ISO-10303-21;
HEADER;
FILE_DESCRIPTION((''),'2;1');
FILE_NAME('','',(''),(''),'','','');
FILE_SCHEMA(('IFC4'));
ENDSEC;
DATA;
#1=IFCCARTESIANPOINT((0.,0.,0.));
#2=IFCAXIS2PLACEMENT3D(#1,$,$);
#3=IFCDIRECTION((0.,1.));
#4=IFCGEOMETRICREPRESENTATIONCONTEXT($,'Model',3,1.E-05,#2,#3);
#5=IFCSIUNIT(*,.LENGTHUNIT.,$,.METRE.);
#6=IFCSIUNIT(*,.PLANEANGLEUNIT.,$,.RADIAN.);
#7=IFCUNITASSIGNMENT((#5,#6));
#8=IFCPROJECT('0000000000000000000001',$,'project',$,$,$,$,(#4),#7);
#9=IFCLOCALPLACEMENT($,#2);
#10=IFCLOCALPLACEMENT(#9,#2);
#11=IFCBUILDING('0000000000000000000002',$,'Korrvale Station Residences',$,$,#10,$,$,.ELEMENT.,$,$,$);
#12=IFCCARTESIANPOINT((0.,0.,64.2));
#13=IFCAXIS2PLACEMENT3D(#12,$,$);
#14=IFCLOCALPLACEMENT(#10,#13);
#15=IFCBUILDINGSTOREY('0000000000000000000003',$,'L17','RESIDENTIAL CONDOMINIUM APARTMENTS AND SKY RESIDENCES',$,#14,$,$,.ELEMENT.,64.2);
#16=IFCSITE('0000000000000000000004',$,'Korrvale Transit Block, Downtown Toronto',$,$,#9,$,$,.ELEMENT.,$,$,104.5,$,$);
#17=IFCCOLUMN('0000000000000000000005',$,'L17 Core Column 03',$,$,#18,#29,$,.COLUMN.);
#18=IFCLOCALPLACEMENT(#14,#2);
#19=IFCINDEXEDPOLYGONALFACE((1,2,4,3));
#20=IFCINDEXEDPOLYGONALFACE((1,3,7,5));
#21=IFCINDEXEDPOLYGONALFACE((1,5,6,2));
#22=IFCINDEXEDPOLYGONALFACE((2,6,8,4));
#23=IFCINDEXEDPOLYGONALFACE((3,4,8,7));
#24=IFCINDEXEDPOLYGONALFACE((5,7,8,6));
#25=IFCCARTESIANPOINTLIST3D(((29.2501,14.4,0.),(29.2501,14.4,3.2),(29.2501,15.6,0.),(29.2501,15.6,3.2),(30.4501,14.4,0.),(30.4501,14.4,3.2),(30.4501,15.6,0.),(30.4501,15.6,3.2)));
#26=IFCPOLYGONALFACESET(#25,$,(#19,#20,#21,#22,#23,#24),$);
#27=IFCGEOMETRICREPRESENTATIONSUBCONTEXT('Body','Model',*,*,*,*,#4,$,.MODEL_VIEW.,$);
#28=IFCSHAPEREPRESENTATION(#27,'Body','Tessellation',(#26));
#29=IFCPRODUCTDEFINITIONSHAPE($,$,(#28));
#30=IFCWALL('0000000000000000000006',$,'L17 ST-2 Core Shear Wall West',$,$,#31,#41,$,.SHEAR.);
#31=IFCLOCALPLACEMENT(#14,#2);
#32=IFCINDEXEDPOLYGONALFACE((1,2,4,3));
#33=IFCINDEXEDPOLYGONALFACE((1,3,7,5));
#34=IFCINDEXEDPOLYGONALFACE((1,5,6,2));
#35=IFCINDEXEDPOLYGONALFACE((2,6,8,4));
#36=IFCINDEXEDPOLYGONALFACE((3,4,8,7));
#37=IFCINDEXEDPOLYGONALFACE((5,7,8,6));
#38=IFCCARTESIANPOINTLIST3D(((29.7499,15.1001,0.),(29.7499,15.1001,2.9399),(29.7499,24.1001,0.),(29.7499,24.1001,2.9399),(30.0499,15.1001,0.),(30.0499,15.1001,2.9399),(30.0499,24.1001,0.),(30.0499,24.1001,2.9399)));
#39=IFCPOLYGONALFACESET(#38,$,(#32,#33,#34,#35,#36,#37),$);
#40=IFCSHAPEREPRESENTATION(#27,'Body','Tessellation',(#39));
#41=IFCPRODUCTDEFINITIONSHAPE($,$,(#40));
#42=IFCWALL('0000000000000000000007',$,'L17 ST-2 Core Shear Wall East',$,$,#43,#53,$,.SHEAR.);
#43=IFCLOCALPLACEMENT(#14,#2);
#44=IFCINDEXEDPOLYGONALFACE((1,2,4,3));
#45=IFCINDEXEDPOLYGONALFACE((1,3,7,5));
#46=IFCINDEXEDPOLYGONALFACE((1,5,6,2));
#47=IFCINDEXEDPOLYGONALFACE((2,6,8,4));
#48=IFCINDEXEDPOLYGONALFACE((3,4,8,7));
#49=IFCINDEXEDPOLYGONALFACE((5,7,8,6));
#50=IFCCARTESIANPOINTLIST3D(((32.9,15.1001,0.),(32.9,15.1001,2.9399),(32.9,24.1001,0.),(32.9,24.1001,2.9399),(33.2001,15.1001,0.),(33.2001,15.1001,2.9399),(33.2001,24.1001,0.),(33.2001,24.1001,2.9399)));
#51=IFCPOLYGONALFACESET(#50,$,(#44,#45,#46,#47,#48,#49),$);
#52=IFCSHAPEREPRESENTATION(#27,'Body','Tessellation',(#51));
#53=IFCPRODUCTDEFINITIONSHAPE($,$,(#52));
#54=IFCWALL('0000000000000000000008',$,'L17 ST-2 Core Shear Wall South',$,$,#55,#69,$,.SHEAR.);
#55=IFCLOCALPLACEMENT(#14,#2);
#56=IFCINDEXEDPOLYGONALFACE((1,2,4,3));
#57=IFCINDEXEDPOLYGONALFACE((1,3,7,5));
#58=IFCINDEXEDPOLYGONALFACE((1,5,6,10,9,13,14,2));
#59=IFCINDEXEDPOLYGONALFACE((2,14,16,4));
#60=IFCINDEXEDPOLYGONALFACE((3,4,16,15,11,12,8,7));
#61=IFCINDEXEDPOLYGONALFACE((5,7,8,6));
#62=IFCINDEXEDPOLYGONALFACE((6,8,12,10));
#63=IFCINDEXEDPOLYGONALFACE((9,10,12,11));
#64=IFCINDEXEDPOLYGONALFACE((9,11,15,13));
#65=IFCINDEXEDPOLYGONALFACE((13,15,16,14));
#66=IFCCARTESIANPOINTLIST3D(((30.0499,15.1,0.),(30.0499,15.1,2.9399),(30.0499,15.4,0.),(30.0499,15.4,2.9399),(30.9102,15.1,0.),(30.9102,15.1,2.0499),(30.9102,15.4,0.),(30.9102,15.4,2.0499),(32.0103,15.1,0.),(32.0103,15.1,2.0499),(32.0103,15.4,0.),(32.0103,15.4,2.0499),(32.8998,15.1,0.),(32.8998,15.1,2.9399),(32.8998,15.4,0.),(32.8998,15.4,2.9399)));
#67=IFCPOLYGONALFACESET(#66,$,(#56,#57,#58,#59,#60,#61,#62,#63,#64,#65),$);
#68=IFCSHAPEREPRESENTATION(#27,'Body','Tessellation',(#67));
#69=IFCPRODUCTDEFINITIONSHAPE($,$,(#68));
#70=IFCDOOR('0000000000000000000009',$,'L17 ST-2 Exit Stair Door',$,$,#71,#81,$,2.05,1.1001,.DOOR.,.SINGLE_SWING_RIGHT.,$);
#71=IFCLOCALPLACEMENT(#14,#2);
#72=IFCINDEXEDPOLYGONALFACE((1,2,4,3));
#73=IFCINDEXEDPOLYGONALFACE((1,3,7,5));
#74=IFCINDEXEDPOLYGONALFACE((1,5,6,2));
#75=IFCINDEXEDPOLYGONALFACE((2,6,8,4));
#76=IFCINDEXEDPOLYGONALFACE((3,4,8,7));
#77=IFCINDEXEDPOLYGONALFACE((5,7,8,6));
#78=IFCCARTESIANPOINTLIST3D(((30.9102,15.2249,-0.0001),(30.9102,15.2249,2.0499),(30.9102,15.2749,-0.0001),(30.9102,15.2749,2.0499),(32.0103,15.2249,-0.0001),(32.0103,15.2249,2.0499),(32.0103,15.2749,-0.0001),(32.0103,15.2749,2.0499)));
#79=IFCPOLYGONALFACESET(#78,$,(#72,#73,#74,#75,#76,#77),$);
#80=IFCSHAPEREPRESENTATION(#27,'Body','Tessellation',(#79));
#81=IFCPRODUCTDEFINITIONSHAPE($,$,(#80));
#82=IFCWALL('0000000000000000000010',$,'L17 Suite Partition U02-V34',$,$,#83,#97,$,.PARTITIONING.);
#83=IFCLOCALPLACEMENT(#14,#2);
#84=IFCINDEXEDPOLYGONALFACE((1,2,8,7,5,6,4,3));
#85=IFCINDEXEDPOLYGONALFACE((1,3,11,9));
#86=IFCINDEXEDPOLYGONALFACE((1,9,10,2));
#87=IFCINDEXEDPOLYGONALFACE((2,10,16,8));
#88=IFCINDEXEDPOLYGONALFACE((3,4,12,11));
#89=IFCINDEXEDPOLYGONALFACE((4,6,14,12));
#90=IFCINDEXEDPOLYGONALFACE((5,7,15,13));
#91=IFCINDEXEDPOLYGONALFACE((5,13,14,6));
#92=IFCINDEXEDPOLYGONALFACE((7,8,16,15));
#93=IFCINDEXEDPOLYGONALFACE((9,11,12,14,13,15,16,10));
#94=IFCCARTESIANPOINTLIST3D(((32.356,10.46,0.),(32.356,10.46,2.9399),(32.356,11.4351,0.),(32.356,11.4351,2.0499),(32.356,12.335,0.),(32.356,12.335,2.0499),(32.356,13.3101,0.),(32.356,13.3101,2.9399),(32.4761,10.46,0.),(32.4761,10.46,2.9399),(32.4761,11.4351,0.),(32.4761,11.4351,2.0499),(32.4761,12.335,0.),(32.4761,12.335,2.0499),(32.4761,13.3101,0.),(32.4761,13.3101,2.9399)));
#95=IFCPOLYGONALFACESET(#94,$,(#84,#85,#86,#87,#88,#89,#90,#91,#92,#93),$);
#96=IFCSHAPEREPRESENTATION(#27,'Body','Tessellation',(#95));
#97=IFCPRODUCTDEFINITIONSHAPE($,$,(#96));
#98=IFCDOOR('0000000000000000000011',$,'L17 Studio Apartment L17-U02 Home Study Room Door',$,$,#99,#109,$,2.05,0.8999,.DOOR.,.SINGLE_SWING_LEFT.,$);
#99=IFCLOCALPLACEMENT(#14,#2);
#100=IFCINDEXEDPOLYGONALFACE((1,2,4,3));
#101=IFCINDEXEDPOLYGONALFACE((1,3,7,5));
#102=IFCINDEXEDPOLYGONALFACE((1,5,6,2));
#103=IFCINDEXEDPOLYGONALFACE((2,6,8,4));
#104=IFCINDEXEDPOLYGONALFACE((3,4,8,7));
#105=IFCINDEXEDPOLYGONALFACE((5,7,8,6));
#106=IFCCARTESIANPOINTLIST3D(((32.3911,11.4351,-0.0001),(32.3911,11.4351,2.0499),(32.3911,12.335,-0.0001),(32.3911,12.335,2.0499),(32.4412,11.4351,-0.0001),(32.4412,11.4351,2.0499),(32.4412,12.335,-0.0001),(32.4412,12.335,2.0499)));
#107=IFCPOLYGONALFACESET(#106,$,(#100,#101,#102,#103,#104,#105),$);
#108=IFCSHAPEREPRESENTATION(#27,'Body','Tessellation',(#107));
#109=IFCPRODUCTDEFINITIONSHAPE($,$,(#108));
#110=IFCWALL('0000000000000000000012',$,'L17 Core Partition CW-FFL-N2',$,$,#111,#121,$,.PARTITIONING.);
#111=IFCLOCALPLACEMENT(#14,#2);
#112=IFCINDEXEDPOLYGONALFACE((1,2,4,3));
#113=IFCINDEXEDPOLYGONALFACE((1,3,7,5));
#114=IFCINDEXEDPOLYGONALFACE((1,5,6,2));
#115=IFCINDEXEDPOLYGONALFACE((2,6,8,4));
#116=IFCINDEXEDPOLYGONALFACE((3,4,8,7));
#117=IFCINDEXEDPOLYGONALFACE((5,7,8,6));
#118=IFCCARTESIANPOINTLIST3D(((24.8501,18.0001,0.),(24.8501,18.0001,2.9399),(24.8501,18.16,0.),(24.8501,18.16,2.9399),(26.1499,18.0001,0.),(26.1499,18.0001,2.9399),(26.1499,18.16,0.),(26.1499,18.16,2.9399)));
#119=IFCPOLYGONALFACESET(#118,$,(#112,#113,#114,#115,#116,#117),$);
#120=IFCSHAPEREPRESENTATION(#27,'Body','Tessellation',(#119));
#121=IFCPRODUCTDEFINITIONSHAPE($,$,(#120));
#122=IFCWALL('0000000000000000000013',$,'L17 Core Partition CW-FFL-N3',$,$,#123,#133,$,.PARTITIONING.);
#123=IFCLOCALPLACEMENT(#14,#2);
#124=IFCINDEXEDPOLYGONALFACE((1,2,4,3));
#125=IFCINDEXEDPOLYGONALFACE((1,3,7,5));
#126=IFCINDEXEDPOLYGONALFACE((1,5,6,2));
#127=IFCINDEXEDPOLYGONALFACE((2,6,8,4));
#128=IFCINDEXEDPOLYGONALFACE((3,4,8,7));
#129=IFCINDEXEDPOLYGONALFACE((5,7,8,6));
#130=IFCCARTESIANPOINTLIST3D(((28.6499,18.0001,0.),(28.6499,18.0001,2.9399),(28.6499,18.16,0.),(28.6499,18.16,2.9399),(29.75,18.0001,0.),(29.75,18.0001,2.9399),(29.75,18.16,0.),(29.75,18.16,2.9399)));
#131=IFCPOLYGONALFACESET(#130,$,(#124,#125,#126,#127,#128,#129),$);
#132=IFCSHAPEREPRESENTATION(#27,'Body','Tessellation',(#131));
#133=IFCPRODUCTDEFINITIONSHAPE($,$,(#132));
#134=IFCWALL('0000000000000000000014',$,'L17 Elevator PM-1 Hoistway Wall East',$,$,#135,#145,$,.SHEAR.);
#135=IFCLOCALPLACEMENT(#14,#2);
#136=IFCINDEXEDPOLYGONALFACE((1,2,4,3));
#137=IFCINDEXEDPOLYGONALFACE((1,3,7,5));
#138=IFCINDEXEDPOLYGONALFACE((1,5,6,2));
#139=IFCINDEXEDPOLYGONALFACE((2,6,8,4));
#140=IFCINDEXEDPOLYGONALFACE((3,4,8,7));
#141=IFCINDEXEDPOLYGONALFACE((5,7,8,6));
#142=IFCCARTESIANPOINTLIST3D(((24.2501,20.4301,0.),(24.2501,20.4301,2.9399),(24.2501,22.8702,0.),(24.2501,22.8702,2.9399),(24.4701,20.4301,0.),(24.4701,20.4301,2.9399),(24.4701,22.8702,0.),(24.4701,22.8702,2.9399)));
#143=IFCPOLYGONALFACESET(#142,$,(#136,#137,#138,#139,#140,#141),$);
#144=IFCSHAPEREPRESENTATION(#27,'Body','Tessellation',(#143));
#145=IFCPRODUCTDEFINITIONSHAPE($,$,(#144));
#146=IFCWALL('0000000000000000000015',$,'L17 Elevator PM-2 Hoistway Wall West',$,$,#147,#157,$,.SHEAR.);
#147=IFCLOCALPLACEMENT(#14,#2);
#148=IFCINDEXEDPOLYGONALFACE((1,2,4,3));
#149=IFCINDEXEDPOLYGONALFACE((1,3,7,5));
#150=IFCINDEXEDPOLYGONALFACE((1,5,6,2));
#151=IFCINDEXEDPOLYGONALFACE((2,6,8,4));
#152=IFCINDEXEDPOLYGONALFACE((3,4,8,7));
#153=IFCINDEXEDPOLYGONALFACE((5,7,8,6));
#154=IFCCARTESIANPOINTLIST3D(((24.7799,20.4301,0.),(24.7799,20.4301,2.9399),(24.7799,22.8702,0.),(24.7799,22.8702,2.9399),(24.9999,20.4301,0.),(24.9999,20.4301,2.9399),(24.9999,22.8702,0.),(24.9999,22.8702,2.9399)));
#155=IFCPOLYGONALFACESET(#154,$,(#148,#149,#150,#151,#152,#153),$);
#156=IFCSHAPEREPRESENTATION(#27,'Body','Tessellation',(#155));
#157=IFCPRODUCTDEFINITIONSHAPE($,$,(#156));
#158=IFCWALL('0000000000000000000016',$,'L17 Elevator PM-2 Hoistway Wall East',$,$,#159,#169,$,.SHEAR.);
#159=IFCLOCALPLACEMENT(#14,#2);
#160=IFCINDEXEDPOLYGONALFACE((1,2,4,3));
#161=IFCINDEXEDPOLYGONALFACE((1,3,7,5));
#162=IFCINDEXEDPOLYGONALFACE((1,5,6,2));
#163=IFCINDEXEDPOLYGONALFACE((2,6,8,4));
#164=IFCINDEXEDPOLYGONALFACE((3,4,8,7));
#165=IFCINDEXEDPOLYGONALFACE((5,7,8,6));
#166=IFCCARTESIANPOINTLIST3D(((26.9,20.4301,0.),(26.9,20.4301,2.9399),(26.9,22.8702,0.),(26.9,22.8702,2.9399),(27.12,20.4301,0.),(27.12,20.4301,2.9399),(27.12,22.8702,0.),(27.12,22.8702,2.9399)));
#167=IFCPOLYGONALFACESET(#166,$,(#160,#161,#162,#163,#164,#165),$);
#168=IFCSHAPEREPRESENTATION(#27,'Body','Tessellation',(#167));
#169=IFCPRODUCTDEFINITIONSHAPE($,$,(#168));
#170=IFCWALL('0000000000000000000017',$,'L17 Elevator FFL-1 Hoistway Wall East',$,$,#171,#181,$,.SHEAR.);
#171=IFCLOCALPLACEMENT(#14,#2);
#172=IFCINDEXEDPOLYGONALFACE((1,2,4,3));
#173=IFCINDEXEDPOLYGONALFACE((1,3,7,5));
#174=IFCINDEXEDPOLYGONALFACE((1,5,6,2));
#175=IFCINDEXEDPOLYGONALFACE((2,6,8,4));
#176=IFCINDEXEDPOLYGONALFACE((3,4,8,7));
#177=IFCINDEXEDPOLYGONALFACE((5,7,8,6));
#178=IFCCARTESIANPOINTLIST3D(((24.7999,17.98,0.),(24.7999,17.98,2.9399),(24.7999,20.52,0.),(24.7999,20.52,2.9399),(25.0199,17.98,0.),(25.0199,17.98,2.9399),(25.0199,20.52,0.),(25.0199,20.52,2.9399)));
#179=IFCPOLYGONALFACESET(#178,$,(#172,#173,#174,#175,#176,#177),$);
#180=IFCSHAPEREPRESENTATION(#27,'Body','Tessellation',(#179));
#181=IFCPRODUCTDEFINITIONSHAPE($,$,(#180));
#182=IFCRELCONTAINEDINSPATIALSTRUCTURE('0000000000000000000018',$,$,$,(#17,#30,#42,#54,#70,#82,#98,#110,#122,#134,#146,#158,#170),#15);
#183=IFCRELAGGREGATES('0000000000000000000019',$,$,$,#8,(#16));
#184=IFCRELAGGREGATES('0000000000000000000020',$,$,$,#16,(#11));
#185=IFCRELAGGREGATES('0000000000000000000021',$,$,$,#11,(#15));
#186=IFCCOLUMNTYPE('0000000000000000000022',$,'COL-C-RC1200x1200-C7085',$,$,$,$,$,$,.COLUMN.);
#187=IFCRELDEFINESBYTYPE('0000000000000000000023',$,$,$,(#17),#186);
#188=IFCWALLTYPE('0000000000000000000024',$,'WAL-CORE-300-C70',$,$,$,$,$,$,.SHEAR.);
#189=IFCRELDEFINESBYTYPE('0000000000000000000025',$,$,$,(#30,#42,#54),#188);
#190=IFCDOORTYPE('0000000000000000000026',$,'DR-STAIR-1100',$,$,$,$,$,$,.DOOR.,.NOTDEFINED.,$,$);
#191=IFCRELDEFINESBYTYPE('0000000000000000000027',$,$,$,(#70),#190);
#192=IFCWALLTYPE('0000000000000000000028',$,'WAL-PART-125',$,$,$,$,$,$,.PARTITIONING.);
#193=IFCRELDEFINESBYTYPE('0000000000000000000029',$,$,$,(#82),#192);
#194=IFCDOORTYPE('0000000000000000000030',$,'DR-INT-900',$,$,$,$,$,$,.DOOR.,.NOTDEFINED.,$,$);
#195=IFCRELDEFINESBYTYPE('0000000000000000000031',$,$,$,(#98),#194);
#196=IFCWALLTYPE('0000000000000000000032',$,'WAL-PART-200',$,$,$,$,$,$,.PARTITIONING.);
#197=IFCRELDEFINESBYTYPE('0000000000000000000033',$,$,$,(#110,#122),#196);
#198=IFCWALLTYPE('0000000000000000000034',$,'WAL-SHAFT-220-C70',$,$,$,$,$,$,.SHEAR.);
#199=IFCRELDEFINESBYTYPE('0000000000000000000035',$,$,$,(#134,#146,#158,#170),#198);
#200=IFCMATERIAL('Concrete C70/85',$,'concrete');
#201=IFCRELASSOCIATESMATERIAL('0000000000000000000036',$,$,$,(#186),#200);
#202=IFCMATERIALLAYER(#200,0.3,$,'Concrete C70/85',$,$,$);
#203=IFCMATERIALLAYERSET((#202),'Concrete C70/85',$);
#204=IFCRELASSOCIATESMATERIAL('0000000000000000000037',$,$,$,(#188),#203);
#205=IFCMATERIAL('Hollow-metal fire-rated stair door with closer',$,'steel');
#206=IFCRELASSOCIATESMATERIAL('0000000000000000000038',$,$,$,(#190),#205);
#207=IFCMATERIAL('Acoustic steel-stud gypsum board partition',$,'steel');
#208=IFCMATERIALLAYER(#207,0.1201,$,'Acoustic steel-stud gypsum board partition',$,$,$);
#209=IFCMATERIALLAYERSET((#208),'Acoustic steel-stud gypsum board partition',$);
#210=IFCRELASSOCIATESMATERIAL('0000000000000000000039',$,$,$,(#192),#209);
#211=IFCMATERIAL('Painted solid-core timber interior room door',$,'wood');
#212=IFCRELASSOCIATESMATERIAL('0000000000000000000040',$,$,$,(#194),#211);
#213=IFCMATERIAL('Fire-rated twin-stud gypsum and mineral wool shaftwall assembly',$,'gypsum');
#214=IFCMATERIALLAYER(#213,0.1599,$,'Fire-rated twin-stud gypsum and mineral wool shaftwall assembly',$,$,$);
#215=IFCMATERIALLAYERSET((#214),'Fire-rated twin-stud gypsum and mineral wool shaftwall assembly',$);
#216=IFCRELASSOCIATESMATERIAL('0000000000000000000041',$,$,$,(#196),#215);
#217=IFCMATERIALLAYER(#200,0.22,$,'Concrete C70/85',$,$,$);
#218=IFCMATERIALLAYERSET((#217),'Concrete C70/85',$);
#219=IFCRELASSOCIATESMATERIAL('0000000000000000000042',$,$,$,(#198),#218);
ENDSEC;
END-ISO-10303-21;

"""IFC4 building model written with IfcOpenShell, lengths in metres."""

from ifc_helpers import new_model, si_unit, direction, frame, frame_2d, origin, origin_2d, place, context, subcontext, project, spatial, rectangle, extrude, material, layer, layer_set, material_profile, profile_set, type_object, element, fill, save


model = new_model("IFC4")

# Units and contexts
model_context = context("Model", 3, precision=1e-05, world=origin(), true_north=direction((0.0, 1.0)))
body_context = subcontext(model_context, "Body", "Model", "MODEL_VIEW")
ifc_project = project(units=[si_unit("LENGTHUNIT", "METRE"), si_unit("PLANEANGLEUNIT", "RADIAN")], contexts=[model_context])

# Site, building, storey
site_placement = place(None, origin())
site = spatial("IfcSite", under=ifc_project, at=site_placement, Name="Korrvale Transit Block, Downtown Toronto", CompositionType="ELEMENT", RefElevation=104.5)
building_placement = place(site_placement, origin())
building = spatial("IfcBuilding", under=site, at=building_placement, Name="Korrvale Station Residences", CompositionType="ELEMENT")
storey_placement = place(building_placement, frame((0.0, 0.0, 64.2)))
storey = spatial("IfcBuildingStorey", under=building, at=storey_placement, Name="L17", Description="RESIDENTIAL CONDOMINIUM APARTMENTS AND SKY RESIDENCES", CompositionType="ELEMENT", Elevation=64.2)

# Column
ifc_material_1 = material(Name="Concrete C70/85", Category="concrete")
ifc_material_profile = material_profile(ifc_material_1, rectangle(XDim=1.2, YDim=1.2, at=origin_2d()), Name="RC1200x1200")
ifc_profile_set = profile_set([ifc_material_profile], Name="Concrete C70/85")
column_type = type_object("IfcColumnType", Name="COL-C-RC1200x1200-C7085", PredefinedType="COLUMN", material=ifc_profile_set)
column_placement = place(storey_placement, frame((29.8501, 15.0, 0.0), z_axis=(0.0, 0.0, 1.0), x_axis=(1.0, 0.0, 0.0)))
element("IfcColumn", 1, at=column_placement, inside=storey, type_object=column_type, Name="L17 Core Column 03", PredefinedType="COLUMN", context=body_context, shape_type="SweptSolid", body=[
    extrude(rectangle(XDim=1.2, YDim=1.2, at=origin_2d()), origin(), (0.0, 0.0, 1.0), 3.2),
])

# Walls
ifc_layer_1 = layer(ifc_material_1, 0.3, Name="Concrete C70/85")
ifc_layer_set_1 = layer_set([ifc_layer_1], Name="Concrete C70/85")
wall_type_1 = type_object("IfcWallType", Name="WAL-CORE-300-C70", PredefinedType="SHEAR", material=ifc_layer_set_1)
for number, where, z_axis, x_axis, name in (
    (2, (29.8999, 15.1001, 0.0), (0.0, 0.0, 1.0), (0.0, 1.0, 0.0), "L17 ST-2 Core Shear Wall West"),
    (3, (33.05, 15.1001, 0.0), (0.0, 0.0, 1.0), (0.0, 1.0, 0.0), "L17 ST-2 Core Shear Wall East"),
):
    element("IfcWall", number, at=place(storey_placement, frame(where, z_axis=z_axis, x_axis=x_axis)), inside=storey, type_object=wall_type_1, Name=name, PredefinedType="SHEAR", context=body_context, shape_type="SweptSolid", body=[
        extrude(rectangle(XDim=9.0, YDim=0.3, at=frame_2d((4.5, 0.0))), origin(), (0.0, 0.0, 1.0), 2.9399),
    ])

# Walls, openings, doors
wall_1_placement = place(storey_placement, frame((30.05, 15.25, 0.0), z_axis=(0.0, 0.0, 1.0), x_axis=(1.0, 0.0, 0.0)))
wall_1 = element("IfcWall", 4, at=wall_1_placement, inside=storey, type_object=wall_type_1, Name="L17 ST-2 Core Shear Wall South", PredefinedType="SHEAR", context=body_context, shape_type="SweptSolid", body=[
    extrude(rectangle(XDim=2.8499, YDim=0.3, at=frame_2d((1.4248, 0.0))), origin(), (0.0, 0.0, 1.0), 2.9399),
])
opening_1_placement = place(wall_1_placement, frame((0.8601, 0.0, 0.0)))
opening_1 = element("IfcOpeningElement", 5, at=opening_1_placement, cuts=wall_1, PredefinedType="OPENING", context=body_context, shape_type="SweptSolid", body=[
    extrude(rectangle(XDim=1.1001, YDim=2.05, at=frame_2d((0.55, 1.0249))), frame((0.0, 0.1602, 0.0), z_axis=(0.0, -1.0, 0.0), x_axis=(1.0, 0.0, 0.0)), (0.0, 0.0, 1.0), 0.3201),
])
ifc_material_2 = material(Name="Hollow-metal fire-rated stair door with closer", Category="steel")
door_type_1 = type_object("IfcDoorType", Name="DR-STAIR-1100", OperationType="NOTDEFINED", PredefinedType="DOOR", material=ifc_material_2)
door_1_placement = place(opening_1_placement, origin())
door_1 = element("IfcDoor", 6, at=door_1_placement, inside=storey, type_object=door_type_1, Name="L17 ST-2 Exit Stair Door", OperationType="SINGLE_SWING_RIGHT", OverallHeight=2.05, OverallWidth=1.1001, PredefinedType="DOOR", context=body_context, shape_type="SweptSolid", body=[
    extrude(rectangle(XDim=1.1001, YDim=2.05, at=frame_2d((0.55, 1.0249))), frame((0.0, 0.0249, 0.0), z_axis=(0.0, -1.0, 0.0), x_axis=(1.0, 0.0, 0.0)), (0.0, 0.0, 1.0), 0.05),
])
fill(opening_1, door_1)
ifc_material_3 = material(Name="Acoustic steel-stud gypsum board partition", Category="steel")
ifc_layer_2 = layer(ifc_material_3, 0.1201, Name="Acoustic steel-stud gypsum board partition")
ifc_layer_set_2 = layer_set([ifc_layer_2], Name="Acoustic steel-stud gypsum board partition")
wall_type_2 = type_object("IfcWallType", Name="WAL-PART-125", PredefinedType="PARTITIONING", material=ifc_layer_set_2)
wall_2_placement = place(storey_placement, frame((32.416, 10.46, 0.0), z_axis=(0.0, 0.0, 1.0), x_axis=(0.0, 1.0, 0.0)))
wall_2 = element("IfcWall", 7, at=wall_2_placement, inside=storey, type_object=wall_type_2, Name="L17 Suite Partition U02-V34", PredefinedType="PARTITIONING", context=body_context, shape_type="SweptSolid", body=[
    extrude(rectangle(XDim=2.8501, YDim=0.1201, at=frame_2d((1.425, 0.0))), origin(), (0.0, 0.0, 1.0), 2.9399),
])
opening_2_placement = place(wall_2_placement, frame((0.9751, 0.0, 0.0)))
opening_2 = element("IfcOpeningElement", 8, at=opening_2_placement, cuts=wall_2, PredefinedType="OPENING", context=body_context, shape_type="SweptSolid", body=[
    extrude(rectangle(XDim=0.8999, YDim=2.05, at=frame_2d((0.45, 1.0249))), frame((0.0, 0.0701, 0.0), z_axis=(0.0, -1.0, 0.0), x_axis=(1.0, 0.0, 0.0)), (0.0, 0.0, 1.0), 0.1401),
])
ifc_material_4 = material(Name="Painted solid-core timber interior room door", Category="wood")
door_type_2 = type_object("IfcDoorType", Name="DR-INT-900", OperationType="NOTDEFINED", PredefinedType="DOOR", material=ifc_material_4)
door_2_placement = place(opening_2_placement, origin())
door_2 = element("IfcDoor", 9, at=door_2_placement, inside=storey, type_object=door_type_2, Name="L17 Studio Apartment L17-U02 Home Study Room Door", OperationType="SINGLE_SWING_LEFT", OverallHeight=2.05, OverallWidth=0.8999, PredefinedType="DOOR", context=body_context, shape_type="SweptSolid", body=[
    extrude(rectangle(XDim=0.8999, YDim=2.05, at=frame_2d((0.45, 1.0249))), frame((0.0, 0.0249, 0.0), z_axis=(0.0, -1.0, 0.0), x_axis=(1.0, 0.0, 0.0)), (0.0, 0.0, 1.0), 0.05),
])
fill(opening_2, door_2)

# Walls
ifc_material_5 = material(Name="Fire-rated twin-stud gypsum and mineral wool shaftwall assembly", Category="gypsum")
ifc_layer_3 = layer(ifc_material_5, 0.1599, Name="Fire-rated twin-stud gypsum and mineral wool shaftwall assembly")
ifc_layer_set_3 = layer_set([ifc_layer_3], Name="Fire-rated twin-stud gypsum and mineral wool shaftwall assembly")
wall_type_3 = type_object("IfcWallType", Name="WAL-PART-200", PredefinedType="PARTITIONING", material=ifc_layer_set_3)
wall_3_placement = place(storey_placement, frame((24.8501, 18.0801, 0.0), z_axis=(0.0, 0.0, 1.0), x_axis=(1.0, 0.0, 0.0)))
element("IfcWall", 10, at=wall_3_placement, inside=storey, type_object=wall_type_3, Name="L17 Core Partition CW-FFL-N2", PredefinedType="PARTITIONING", context=body_context, shape_type="SweptSolid", body=[
    extrude(rectangle(XDim=1.2998, YDim=0.1599, at=frame_2d((0.6499, 0.0))), origin(), (0.0, 0.0, 1.0), 2.9399),
])
wall_4_placement = place(storey_placement, frame((28.6499, 18.0801, 0.0), z_axis=(0.0, 0.0, 1.0), x_axis=(1.0, 0.0, 0.0)))
element("IfcWall", 11, at=wall_4_placement, inside=storey, type_object=wall_type_3, Name="L17 Core Partition CW-FFL-N3", PredefinedType="PARTITIONING", context=body_context, shape_type="SweptSolid", body=[
    extrude(rectangle(XDim=1.1001, YDim=0.1599, at=frame_2d((0.55, 0.0))), origin(), (0.0, 0.0, 1.0), 2.9399),
])
ifc_layer_4 = layer(ifc_material_1, 0.22, Name="Concrete C70/85")
ifc_layer_set_4 = layer_set([ifc_layer_4], Name="Concrete C70/85")
wall_type_4 = type_object("IfcWallType", Name="WAL-SHAFT-220-C70", PredefinedType="SHEAR", material=ifc_layer_set_4)
for number, where, z_axis, x_axis, name in (
    (12, (24.3601, 20.4299, 0.0), (0.0, 0.0, 1.0), (0.0, 1.0, 0.0), "L17 Elevator PM-1 Hoistway Wall East"),
    (13, (24.8899, 20.4299, 0.0), (0.0, 0.0, 1.0), (0.0, 1.0, 0.0), "L17 Elevator PM-2 Hoistway Wall West"),
    (14, (27.01, 20.4299, 0.0), (0.0, 0.0, 1.0), (0.0, 1.0, 0.0), "L17 Elevator PM-2 Hoistway Wall East"),
):
    element("IfcWall", number, at=place(storey_placement, frame(where, z_axis=z_axis, x_axis=x_axis)), inside=storey, type_object=wall_type_4, Name=name, PredefinedType="SHEAR", context=body_context, shape_type="SweptSolid", body=[
        extrude(rectangle(XDim=2.4402, YDim=0.22, at=frame_2d((1.2202, 0.0))), origin(), (0.0, 0.0, 1.0), 2.9399),
    ])
wall_5_placement = place(storey_placement, frame((24.9099, 17.98, 0.0), z_axis=(0.0, 0.0, 1.0), x_axis=(0.0, 1.0, 0.0)))
element("IfcWall", 15, at=wall_5_placement, inside=storey, type_object=wall_type_4, Name="L17 Elevator FFL-1 Hoistway Wall East", PredefinedType="SHEAR", context=body_context, shape_type="SweptSolid", body=[
    extrude(rectangle(XDim=2.54, YDim=0.22, at=frame_2d((1.27, 0.0))), origin(), (0.0, 0.0, 1.0), 2.9399),
])

save(model, "model.ifc")
